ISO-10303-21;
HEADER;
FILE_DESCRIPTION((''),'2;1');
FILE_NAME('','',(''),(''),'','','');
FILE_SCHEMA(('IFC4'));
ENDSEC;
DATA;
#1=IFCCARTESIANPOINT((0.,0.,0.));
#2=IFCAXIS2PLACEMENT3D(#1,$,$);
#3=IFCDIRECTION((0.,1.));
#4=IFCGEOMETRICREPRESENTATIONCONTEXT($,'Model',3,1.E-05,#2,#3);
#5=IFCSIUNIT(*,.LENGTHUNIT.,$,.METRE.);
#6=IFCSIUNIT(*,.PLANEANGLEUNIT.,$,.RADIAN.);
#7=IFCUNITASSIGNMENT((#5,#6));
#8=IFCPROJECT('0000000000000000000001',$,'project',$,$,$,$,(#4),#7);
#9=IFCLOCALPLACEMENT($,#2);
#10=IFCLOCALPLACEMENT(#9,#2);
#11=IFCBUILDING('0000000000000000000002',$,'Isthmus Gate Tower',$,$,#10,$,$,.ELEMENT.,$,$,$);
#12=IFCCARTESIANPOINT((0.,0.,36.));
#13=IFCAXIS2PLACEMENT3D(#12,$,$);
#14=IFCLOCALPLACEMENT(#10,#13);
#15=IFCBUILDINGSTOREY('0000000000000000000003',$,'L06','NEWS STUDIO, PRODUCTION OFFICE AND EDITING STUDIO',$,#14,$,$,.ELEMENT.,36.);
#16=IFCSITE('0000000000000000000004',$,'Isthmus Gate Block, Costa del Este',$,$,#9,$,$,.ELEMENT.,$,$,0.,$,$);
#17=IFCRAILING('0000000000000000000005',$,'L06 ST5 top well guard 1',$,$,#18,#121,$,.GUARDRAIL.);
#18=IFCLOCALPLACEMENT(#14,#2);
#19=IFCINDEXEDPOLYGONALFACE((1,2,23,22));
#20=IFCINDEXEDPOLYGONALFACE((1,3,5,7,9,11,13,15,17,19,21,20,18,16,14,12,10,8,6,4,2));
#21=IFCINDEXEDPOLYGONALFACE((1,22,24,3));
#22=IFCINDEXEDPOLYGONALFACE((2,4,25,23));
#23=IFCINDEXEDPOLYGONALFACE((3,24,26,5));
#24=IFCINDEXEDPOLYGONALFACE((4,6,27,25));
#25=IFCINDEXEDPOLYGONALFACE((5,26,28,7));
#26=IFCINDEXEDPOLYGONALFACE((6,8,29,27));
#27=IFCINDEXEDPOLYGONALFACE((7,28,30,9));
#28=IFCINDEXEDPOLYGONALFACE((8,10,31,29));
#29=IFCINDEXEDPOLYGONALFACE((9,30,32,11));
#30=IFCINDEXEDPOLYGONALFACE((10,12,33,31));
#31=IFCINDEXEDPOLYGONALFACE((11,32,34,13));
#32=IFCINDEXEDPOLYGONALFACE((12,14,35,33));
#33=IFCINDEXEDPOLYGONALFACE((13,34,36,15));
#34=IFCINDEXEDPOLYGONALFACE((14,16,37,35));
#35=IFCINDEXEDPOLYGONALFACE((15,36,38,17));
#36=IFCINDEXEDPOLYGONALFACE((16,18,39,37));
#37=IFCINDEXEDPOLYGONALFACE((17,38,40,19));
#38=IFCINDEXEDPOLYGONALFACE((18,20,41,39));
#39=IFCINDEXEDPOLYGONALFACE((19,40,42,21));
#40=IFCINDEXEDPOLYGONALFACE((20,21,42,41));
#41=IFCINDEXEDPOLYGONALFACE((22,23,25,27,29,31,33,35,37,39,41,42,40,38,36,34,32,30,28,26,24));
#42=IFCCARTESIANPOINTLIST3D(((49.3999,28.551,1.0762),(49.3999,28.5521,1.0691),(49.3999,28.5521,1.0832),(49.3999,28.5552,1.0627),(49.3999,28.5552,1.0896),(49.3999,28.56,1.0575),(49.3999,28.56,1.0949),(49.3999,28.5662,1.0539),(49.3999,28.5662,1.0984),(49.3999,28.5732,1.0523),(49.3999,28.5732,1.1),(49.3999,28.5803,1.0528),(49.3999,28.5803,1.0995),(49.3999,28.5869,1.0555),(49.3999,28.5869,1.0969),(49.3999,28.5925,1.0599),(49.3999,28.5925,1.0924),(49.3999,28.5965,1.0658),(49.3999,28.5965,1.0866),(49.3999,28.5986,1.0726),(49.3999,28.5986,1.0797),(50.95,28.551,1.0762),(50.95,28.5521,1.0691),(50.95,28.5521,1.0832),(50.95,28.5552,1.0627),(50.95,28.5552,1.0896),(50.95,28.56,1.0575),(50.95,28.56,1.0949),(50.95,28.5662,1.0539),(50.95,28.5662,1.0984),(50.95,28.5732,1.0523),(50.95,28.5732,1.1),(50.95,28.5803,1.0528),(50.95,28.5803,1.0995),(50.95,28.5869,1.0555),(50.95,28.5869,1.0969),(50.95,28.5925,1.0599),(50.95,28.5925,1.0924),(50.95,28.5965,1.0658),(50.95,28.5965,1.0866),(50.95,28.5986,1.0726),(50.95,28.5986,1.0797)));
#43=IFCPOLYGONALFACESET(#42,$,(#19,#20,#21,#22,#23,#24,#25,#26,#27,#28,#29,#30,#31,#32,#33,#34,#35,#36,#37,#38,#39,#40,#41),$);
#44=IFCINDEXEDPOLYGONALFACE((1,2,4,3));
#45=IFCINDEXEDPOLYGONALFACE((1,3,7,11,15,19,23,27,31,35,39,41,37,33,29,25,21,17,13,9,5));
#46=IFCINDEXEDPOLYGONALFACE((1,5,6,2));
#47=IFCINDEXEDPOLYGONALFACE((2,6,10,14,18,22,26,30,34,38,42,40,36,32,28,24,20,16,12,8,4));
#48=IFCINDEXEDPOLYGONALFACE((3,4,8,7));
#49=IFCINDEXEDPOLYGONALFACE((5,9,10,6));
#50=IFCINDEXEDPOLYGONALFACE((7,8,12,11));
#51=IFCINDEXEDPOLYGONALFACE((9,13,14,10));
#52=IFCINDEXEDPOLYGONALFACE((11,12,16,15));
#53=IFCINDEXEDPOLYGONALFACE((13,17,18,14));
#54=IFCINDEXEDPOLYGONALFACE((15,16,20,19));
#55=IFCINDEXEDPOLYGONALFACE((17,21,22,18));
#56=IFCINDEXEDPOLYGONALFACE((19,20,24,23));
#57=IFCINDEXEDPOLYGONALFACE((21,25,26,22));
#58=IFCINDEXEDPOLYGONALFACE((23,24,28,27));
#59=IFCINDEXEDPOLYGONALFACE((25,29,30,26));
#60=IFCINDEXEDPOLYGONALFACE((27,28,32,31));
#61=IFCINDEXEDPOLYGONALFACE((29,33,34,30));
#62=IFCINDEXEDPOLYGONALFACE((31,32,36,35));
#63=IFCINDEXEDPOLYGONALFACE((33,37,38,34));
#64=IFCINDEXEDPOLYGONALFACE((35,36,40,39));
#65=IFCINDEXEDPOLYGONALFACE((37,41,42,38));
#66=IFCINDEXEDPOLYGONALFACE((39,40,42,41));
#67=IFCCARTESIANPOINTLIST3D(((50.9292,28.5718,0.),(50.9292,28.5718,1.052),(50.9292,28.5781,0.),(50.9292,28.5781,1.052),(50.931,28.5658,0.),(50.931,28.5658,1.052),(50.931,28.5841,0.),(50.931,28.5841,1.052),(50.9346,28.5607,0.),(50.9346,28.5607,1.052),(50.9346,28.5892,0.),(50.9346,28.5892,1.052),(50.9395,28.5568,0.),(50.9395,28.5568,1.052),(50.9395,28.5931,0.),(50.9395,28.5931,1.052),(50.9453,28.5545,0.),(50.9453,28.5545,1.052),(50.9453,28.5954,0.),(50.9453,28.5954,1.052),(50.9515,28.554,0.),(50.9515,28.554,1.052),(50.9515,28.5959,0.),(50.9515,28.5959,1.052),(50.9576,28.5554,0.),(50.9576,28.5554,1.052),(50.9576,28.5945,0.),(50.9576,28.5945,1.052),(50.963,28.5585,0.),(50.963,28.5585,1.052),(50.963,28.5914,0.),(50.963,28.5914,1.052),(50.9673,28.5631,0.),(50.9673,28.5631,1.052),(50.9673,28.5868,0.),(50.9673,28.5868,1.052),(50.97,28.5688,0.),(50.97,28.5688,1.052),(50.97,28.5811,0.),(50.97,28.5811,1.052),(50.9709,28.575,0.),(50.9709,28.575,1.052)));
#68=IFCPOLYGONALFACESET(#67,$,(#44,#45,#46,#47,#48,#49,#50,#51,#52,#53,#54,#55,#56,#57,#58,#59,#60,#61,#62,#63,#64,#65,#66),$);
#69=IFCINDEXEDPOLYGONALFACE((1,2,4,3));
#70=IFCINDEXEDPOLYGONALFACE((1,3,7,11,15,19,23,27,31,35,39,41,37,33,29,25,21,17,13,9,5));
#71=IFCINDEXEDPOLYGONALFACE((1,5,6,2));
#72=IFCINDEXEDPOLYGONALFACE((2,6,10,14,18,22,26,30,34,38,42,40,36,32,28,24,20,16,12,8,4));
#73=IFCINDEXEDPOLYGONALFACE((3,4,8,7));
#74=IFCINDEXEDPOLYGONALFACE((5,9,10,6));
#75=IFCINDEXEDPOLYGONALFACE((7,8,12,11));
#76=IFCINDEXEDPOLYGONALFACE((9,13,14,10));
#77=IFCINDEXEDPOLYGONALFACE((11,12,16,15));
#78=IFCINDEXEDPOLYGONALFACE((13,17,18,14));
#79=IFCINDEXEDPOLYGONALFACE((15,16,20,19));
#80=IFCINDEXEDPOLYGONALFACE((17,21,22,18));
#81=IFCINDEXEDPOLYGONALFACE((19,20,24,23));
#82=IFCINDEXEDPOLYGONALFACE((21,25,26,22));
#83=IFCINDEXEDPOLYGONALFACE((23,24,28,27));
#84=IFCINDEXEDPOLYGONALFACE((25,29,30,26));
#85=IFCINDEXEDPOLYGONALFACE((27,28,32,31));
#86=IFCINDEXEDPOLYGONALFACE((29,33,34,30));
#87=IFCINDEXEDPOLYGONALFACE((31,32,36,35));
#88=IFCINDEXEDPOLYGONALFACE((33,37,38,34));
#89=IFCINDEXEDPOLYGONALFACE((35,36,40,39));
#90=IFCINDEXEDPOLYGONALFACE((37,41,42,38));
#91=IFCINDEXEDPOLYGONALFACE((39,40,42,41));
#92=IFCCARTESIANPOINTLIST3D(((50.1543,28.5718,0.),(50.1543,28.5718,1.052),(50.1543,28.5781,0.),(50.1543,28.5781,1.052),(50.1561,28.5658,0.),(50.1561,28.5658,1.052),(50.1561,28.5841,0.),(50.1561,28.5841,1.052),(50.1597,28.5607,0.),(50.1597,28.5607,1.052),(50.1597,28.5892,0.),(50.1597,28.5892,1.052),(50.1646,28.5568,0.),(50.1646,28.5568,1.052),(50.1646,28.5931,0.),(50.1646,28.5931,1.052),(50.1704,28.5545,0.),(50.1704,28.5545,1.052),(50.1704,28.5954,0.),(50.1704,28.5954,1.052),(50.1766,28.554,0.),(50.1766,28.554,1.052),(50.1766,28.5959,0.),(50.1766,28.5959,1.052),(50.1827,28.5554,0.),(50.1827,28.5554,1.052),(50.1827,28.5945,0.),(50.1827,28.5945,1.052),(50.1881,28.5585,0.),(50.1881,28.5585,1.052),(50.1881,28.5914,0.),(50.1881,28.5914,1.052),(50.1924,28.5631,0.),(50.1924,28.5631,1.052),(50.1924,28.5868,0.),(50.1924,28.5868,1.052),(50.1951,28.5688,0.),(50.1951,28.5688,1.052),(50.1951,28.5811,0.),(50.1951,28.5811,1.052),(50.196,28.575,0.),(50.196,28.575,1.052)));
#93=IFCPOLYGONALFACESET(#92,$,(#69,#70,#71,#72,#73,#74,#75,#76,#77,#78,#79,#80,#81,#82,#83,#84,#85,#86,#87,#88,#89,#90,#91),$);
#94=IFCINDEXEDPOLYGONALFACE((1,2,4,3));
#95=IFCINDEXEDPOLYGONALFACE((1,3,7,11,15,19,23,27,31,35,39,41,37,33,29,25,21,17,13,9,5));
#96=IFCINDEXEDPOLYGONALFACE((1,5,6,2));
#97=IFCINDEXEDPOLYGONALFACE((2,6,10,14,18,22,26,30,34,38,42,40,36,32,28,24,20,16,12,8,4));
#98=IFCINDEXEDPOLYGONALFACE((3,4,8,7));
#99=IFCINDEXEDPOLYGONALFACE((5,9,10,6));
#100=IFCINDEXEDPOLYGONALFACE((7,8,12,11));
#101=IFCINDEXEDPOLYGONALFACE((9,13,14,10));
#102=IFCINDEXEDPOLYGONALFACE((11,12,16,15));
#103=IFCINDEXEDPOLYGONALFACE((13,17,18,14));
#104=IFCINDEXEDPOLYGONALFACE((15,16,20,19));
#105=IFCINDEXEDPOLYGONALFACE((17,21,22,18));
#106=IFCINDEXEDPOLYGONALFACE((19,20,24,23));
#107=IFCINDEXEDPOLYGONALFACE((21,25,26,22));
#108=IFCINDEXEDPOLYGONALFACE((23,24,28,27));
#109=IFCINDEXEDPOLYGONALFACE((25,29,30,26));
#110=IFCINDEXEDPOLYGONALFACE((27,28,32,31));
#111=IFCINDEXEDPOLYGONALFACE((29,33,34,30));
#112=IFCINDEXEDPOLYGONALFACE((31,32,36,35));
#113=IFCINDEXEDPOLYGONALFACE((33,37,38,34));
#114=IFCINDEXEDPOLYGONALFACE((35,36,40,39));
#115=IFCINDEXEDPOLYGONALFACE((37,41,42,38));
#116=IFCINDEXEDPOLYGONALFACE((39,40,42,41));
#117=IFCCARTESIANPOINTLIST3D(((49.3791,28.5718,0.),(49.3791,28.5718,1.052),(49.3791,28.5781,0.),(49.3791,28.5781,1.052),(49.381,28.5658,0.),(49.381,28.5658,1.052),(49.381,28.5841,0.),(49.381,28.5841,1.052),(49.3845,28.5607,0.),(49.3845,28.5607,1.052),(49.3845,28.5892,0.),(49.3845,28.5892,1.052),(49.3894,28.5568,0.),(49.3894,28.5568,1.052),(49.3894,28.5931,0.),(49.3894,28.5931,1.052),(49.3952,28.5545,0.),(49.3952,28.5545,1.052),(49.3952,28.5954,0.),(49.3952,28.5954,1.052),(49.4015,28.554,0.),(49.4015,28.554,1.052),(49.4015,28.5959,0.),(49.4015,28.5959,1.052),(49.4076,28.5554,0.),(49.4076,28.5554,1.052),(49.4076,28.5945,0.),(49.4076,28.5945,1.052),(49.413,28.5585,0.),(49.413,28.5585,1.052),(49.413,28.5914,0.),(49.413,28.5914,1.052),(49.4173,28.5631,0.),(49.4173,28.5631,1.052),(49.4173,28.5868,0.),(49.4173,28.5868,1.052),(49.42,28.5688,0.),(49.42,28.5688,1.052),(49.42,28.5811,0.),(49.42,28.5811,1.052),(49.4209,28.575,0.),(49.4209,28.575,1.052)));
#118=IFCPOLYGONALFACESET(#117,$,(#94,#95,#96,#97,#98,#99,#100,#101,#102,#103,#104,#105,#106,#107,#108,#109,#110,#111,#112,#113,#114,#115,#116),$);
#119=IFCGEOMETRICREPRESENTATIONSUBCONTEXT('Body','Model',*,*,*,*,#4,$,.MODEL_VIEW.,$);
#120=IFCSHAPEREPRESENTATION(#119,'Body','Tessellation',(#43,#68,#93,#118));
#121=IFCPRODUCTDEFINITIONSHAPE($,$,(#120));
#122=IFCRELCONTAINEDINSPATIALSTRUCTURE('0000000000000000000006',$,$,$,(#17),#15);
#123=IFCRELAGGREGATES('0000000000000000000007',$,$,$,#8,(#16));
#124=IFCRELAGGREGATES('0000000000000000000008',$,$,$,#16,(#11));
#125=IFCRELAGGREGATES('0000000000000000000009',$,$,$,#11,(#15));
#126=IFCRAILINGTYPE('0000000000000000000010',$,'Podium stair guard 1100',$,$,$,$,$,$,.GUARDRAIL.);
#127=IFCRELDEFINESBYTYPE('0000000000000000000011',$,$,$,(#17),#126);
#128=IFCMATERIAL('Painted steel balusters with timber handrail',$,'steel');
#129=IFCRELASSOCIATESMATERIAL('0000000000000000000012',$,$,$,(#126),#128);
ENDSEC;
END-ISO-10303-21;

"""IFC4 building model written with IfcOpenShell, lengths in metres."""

from ifc_helpers import new_model, si_unit, direction, frame, origin, origin_2d, place, context, subcontext, project, spatial, circle, extrude, material, type_object, element, save


model = new_model("IFC4")

# Units and contexts
model_context = context("Model", 3, precision=1e-05, world=origin(), true_north=direction((0.0, 1.0)))
body_context = subcontext(model_context, "Body", "Model", "MODEL_VIEW")
ifc_project = project(units=[si_unit("LENGTHUNIT", "METRE"), si_unit("PLANEANGLEUNIT", "RADIAN")], contexts=[model_context])

# Site, building, storey
site_placement = place(None, origin())
site = spatial("IfcSite", under=ifc_project, at=site_placement, Name="Isthmus Gate Block, Costa del Este", CompositionType="ELEMENT", RefElevation=0.0)
building_placement = place(site_placement, origin())
building = spatial("IfcBuilding", under=site, at=building_placement, Name="Isthmus Gate Tower", CompositionType="ELEMENT")
storey_placement = place(building_placement, frame((0.0, 0.0, 36.0)))
storey = spatial("IfcBuildingStorey", under=building, at=storey_placement, Name="L06", Description="NEWS STUDIO, PRODUCTION OFFICE AND EDITING STUDIO", CompositionType="ELEMENT", Elevation=36.0)

# Railing
ifc_material_1 = material(Name="Painted steel balusters with timber handrail", Category="steel")
railing_type_1 = type_object("IfcRailingType", Name="Podium stair guard 1100", PredefinedType="GUARDRAIL", material=ifc_material_1)
railing_1_placement = place(storey_placement, frame((50.95, 28.575, 0.0)))
element("IfcRailing", 1, at=railing_1_placement, inside=storey, type_object=railing_type_1, Name="L06 ST5 top well guard 1", PredefinedType="GUARDRAIL", context=body_context, shape_type="SweptSolid", body=[
    extrude(circle(Radius=0.0239, at=origin_2d()), frame((0.0, 0.0, 1.0762), z_axis=(-1.0, 0.0, 0.0), x_axis=(0.0, -1.0, 0.0)), (0.0, 0.0, 1.0), 1.55),
    extrude(circle(Radius=0.021, at=origin_2d()), origin(), (0.0, 0.0, 1.0), 1.052),
    extrude(circle(Radius=0.021, at=origin_2d()), frame((-0.7749, 0.0, 0.0)), (0.0, 0.0, 1.0), 1.052),
    extrude(circle(Radius=0.021, at=origin_2d()), frame((-1.55, 0.0, 0.0)), (0.0, 0.0, 1.0), 1.052),
])

save(model, "model.ifc")
